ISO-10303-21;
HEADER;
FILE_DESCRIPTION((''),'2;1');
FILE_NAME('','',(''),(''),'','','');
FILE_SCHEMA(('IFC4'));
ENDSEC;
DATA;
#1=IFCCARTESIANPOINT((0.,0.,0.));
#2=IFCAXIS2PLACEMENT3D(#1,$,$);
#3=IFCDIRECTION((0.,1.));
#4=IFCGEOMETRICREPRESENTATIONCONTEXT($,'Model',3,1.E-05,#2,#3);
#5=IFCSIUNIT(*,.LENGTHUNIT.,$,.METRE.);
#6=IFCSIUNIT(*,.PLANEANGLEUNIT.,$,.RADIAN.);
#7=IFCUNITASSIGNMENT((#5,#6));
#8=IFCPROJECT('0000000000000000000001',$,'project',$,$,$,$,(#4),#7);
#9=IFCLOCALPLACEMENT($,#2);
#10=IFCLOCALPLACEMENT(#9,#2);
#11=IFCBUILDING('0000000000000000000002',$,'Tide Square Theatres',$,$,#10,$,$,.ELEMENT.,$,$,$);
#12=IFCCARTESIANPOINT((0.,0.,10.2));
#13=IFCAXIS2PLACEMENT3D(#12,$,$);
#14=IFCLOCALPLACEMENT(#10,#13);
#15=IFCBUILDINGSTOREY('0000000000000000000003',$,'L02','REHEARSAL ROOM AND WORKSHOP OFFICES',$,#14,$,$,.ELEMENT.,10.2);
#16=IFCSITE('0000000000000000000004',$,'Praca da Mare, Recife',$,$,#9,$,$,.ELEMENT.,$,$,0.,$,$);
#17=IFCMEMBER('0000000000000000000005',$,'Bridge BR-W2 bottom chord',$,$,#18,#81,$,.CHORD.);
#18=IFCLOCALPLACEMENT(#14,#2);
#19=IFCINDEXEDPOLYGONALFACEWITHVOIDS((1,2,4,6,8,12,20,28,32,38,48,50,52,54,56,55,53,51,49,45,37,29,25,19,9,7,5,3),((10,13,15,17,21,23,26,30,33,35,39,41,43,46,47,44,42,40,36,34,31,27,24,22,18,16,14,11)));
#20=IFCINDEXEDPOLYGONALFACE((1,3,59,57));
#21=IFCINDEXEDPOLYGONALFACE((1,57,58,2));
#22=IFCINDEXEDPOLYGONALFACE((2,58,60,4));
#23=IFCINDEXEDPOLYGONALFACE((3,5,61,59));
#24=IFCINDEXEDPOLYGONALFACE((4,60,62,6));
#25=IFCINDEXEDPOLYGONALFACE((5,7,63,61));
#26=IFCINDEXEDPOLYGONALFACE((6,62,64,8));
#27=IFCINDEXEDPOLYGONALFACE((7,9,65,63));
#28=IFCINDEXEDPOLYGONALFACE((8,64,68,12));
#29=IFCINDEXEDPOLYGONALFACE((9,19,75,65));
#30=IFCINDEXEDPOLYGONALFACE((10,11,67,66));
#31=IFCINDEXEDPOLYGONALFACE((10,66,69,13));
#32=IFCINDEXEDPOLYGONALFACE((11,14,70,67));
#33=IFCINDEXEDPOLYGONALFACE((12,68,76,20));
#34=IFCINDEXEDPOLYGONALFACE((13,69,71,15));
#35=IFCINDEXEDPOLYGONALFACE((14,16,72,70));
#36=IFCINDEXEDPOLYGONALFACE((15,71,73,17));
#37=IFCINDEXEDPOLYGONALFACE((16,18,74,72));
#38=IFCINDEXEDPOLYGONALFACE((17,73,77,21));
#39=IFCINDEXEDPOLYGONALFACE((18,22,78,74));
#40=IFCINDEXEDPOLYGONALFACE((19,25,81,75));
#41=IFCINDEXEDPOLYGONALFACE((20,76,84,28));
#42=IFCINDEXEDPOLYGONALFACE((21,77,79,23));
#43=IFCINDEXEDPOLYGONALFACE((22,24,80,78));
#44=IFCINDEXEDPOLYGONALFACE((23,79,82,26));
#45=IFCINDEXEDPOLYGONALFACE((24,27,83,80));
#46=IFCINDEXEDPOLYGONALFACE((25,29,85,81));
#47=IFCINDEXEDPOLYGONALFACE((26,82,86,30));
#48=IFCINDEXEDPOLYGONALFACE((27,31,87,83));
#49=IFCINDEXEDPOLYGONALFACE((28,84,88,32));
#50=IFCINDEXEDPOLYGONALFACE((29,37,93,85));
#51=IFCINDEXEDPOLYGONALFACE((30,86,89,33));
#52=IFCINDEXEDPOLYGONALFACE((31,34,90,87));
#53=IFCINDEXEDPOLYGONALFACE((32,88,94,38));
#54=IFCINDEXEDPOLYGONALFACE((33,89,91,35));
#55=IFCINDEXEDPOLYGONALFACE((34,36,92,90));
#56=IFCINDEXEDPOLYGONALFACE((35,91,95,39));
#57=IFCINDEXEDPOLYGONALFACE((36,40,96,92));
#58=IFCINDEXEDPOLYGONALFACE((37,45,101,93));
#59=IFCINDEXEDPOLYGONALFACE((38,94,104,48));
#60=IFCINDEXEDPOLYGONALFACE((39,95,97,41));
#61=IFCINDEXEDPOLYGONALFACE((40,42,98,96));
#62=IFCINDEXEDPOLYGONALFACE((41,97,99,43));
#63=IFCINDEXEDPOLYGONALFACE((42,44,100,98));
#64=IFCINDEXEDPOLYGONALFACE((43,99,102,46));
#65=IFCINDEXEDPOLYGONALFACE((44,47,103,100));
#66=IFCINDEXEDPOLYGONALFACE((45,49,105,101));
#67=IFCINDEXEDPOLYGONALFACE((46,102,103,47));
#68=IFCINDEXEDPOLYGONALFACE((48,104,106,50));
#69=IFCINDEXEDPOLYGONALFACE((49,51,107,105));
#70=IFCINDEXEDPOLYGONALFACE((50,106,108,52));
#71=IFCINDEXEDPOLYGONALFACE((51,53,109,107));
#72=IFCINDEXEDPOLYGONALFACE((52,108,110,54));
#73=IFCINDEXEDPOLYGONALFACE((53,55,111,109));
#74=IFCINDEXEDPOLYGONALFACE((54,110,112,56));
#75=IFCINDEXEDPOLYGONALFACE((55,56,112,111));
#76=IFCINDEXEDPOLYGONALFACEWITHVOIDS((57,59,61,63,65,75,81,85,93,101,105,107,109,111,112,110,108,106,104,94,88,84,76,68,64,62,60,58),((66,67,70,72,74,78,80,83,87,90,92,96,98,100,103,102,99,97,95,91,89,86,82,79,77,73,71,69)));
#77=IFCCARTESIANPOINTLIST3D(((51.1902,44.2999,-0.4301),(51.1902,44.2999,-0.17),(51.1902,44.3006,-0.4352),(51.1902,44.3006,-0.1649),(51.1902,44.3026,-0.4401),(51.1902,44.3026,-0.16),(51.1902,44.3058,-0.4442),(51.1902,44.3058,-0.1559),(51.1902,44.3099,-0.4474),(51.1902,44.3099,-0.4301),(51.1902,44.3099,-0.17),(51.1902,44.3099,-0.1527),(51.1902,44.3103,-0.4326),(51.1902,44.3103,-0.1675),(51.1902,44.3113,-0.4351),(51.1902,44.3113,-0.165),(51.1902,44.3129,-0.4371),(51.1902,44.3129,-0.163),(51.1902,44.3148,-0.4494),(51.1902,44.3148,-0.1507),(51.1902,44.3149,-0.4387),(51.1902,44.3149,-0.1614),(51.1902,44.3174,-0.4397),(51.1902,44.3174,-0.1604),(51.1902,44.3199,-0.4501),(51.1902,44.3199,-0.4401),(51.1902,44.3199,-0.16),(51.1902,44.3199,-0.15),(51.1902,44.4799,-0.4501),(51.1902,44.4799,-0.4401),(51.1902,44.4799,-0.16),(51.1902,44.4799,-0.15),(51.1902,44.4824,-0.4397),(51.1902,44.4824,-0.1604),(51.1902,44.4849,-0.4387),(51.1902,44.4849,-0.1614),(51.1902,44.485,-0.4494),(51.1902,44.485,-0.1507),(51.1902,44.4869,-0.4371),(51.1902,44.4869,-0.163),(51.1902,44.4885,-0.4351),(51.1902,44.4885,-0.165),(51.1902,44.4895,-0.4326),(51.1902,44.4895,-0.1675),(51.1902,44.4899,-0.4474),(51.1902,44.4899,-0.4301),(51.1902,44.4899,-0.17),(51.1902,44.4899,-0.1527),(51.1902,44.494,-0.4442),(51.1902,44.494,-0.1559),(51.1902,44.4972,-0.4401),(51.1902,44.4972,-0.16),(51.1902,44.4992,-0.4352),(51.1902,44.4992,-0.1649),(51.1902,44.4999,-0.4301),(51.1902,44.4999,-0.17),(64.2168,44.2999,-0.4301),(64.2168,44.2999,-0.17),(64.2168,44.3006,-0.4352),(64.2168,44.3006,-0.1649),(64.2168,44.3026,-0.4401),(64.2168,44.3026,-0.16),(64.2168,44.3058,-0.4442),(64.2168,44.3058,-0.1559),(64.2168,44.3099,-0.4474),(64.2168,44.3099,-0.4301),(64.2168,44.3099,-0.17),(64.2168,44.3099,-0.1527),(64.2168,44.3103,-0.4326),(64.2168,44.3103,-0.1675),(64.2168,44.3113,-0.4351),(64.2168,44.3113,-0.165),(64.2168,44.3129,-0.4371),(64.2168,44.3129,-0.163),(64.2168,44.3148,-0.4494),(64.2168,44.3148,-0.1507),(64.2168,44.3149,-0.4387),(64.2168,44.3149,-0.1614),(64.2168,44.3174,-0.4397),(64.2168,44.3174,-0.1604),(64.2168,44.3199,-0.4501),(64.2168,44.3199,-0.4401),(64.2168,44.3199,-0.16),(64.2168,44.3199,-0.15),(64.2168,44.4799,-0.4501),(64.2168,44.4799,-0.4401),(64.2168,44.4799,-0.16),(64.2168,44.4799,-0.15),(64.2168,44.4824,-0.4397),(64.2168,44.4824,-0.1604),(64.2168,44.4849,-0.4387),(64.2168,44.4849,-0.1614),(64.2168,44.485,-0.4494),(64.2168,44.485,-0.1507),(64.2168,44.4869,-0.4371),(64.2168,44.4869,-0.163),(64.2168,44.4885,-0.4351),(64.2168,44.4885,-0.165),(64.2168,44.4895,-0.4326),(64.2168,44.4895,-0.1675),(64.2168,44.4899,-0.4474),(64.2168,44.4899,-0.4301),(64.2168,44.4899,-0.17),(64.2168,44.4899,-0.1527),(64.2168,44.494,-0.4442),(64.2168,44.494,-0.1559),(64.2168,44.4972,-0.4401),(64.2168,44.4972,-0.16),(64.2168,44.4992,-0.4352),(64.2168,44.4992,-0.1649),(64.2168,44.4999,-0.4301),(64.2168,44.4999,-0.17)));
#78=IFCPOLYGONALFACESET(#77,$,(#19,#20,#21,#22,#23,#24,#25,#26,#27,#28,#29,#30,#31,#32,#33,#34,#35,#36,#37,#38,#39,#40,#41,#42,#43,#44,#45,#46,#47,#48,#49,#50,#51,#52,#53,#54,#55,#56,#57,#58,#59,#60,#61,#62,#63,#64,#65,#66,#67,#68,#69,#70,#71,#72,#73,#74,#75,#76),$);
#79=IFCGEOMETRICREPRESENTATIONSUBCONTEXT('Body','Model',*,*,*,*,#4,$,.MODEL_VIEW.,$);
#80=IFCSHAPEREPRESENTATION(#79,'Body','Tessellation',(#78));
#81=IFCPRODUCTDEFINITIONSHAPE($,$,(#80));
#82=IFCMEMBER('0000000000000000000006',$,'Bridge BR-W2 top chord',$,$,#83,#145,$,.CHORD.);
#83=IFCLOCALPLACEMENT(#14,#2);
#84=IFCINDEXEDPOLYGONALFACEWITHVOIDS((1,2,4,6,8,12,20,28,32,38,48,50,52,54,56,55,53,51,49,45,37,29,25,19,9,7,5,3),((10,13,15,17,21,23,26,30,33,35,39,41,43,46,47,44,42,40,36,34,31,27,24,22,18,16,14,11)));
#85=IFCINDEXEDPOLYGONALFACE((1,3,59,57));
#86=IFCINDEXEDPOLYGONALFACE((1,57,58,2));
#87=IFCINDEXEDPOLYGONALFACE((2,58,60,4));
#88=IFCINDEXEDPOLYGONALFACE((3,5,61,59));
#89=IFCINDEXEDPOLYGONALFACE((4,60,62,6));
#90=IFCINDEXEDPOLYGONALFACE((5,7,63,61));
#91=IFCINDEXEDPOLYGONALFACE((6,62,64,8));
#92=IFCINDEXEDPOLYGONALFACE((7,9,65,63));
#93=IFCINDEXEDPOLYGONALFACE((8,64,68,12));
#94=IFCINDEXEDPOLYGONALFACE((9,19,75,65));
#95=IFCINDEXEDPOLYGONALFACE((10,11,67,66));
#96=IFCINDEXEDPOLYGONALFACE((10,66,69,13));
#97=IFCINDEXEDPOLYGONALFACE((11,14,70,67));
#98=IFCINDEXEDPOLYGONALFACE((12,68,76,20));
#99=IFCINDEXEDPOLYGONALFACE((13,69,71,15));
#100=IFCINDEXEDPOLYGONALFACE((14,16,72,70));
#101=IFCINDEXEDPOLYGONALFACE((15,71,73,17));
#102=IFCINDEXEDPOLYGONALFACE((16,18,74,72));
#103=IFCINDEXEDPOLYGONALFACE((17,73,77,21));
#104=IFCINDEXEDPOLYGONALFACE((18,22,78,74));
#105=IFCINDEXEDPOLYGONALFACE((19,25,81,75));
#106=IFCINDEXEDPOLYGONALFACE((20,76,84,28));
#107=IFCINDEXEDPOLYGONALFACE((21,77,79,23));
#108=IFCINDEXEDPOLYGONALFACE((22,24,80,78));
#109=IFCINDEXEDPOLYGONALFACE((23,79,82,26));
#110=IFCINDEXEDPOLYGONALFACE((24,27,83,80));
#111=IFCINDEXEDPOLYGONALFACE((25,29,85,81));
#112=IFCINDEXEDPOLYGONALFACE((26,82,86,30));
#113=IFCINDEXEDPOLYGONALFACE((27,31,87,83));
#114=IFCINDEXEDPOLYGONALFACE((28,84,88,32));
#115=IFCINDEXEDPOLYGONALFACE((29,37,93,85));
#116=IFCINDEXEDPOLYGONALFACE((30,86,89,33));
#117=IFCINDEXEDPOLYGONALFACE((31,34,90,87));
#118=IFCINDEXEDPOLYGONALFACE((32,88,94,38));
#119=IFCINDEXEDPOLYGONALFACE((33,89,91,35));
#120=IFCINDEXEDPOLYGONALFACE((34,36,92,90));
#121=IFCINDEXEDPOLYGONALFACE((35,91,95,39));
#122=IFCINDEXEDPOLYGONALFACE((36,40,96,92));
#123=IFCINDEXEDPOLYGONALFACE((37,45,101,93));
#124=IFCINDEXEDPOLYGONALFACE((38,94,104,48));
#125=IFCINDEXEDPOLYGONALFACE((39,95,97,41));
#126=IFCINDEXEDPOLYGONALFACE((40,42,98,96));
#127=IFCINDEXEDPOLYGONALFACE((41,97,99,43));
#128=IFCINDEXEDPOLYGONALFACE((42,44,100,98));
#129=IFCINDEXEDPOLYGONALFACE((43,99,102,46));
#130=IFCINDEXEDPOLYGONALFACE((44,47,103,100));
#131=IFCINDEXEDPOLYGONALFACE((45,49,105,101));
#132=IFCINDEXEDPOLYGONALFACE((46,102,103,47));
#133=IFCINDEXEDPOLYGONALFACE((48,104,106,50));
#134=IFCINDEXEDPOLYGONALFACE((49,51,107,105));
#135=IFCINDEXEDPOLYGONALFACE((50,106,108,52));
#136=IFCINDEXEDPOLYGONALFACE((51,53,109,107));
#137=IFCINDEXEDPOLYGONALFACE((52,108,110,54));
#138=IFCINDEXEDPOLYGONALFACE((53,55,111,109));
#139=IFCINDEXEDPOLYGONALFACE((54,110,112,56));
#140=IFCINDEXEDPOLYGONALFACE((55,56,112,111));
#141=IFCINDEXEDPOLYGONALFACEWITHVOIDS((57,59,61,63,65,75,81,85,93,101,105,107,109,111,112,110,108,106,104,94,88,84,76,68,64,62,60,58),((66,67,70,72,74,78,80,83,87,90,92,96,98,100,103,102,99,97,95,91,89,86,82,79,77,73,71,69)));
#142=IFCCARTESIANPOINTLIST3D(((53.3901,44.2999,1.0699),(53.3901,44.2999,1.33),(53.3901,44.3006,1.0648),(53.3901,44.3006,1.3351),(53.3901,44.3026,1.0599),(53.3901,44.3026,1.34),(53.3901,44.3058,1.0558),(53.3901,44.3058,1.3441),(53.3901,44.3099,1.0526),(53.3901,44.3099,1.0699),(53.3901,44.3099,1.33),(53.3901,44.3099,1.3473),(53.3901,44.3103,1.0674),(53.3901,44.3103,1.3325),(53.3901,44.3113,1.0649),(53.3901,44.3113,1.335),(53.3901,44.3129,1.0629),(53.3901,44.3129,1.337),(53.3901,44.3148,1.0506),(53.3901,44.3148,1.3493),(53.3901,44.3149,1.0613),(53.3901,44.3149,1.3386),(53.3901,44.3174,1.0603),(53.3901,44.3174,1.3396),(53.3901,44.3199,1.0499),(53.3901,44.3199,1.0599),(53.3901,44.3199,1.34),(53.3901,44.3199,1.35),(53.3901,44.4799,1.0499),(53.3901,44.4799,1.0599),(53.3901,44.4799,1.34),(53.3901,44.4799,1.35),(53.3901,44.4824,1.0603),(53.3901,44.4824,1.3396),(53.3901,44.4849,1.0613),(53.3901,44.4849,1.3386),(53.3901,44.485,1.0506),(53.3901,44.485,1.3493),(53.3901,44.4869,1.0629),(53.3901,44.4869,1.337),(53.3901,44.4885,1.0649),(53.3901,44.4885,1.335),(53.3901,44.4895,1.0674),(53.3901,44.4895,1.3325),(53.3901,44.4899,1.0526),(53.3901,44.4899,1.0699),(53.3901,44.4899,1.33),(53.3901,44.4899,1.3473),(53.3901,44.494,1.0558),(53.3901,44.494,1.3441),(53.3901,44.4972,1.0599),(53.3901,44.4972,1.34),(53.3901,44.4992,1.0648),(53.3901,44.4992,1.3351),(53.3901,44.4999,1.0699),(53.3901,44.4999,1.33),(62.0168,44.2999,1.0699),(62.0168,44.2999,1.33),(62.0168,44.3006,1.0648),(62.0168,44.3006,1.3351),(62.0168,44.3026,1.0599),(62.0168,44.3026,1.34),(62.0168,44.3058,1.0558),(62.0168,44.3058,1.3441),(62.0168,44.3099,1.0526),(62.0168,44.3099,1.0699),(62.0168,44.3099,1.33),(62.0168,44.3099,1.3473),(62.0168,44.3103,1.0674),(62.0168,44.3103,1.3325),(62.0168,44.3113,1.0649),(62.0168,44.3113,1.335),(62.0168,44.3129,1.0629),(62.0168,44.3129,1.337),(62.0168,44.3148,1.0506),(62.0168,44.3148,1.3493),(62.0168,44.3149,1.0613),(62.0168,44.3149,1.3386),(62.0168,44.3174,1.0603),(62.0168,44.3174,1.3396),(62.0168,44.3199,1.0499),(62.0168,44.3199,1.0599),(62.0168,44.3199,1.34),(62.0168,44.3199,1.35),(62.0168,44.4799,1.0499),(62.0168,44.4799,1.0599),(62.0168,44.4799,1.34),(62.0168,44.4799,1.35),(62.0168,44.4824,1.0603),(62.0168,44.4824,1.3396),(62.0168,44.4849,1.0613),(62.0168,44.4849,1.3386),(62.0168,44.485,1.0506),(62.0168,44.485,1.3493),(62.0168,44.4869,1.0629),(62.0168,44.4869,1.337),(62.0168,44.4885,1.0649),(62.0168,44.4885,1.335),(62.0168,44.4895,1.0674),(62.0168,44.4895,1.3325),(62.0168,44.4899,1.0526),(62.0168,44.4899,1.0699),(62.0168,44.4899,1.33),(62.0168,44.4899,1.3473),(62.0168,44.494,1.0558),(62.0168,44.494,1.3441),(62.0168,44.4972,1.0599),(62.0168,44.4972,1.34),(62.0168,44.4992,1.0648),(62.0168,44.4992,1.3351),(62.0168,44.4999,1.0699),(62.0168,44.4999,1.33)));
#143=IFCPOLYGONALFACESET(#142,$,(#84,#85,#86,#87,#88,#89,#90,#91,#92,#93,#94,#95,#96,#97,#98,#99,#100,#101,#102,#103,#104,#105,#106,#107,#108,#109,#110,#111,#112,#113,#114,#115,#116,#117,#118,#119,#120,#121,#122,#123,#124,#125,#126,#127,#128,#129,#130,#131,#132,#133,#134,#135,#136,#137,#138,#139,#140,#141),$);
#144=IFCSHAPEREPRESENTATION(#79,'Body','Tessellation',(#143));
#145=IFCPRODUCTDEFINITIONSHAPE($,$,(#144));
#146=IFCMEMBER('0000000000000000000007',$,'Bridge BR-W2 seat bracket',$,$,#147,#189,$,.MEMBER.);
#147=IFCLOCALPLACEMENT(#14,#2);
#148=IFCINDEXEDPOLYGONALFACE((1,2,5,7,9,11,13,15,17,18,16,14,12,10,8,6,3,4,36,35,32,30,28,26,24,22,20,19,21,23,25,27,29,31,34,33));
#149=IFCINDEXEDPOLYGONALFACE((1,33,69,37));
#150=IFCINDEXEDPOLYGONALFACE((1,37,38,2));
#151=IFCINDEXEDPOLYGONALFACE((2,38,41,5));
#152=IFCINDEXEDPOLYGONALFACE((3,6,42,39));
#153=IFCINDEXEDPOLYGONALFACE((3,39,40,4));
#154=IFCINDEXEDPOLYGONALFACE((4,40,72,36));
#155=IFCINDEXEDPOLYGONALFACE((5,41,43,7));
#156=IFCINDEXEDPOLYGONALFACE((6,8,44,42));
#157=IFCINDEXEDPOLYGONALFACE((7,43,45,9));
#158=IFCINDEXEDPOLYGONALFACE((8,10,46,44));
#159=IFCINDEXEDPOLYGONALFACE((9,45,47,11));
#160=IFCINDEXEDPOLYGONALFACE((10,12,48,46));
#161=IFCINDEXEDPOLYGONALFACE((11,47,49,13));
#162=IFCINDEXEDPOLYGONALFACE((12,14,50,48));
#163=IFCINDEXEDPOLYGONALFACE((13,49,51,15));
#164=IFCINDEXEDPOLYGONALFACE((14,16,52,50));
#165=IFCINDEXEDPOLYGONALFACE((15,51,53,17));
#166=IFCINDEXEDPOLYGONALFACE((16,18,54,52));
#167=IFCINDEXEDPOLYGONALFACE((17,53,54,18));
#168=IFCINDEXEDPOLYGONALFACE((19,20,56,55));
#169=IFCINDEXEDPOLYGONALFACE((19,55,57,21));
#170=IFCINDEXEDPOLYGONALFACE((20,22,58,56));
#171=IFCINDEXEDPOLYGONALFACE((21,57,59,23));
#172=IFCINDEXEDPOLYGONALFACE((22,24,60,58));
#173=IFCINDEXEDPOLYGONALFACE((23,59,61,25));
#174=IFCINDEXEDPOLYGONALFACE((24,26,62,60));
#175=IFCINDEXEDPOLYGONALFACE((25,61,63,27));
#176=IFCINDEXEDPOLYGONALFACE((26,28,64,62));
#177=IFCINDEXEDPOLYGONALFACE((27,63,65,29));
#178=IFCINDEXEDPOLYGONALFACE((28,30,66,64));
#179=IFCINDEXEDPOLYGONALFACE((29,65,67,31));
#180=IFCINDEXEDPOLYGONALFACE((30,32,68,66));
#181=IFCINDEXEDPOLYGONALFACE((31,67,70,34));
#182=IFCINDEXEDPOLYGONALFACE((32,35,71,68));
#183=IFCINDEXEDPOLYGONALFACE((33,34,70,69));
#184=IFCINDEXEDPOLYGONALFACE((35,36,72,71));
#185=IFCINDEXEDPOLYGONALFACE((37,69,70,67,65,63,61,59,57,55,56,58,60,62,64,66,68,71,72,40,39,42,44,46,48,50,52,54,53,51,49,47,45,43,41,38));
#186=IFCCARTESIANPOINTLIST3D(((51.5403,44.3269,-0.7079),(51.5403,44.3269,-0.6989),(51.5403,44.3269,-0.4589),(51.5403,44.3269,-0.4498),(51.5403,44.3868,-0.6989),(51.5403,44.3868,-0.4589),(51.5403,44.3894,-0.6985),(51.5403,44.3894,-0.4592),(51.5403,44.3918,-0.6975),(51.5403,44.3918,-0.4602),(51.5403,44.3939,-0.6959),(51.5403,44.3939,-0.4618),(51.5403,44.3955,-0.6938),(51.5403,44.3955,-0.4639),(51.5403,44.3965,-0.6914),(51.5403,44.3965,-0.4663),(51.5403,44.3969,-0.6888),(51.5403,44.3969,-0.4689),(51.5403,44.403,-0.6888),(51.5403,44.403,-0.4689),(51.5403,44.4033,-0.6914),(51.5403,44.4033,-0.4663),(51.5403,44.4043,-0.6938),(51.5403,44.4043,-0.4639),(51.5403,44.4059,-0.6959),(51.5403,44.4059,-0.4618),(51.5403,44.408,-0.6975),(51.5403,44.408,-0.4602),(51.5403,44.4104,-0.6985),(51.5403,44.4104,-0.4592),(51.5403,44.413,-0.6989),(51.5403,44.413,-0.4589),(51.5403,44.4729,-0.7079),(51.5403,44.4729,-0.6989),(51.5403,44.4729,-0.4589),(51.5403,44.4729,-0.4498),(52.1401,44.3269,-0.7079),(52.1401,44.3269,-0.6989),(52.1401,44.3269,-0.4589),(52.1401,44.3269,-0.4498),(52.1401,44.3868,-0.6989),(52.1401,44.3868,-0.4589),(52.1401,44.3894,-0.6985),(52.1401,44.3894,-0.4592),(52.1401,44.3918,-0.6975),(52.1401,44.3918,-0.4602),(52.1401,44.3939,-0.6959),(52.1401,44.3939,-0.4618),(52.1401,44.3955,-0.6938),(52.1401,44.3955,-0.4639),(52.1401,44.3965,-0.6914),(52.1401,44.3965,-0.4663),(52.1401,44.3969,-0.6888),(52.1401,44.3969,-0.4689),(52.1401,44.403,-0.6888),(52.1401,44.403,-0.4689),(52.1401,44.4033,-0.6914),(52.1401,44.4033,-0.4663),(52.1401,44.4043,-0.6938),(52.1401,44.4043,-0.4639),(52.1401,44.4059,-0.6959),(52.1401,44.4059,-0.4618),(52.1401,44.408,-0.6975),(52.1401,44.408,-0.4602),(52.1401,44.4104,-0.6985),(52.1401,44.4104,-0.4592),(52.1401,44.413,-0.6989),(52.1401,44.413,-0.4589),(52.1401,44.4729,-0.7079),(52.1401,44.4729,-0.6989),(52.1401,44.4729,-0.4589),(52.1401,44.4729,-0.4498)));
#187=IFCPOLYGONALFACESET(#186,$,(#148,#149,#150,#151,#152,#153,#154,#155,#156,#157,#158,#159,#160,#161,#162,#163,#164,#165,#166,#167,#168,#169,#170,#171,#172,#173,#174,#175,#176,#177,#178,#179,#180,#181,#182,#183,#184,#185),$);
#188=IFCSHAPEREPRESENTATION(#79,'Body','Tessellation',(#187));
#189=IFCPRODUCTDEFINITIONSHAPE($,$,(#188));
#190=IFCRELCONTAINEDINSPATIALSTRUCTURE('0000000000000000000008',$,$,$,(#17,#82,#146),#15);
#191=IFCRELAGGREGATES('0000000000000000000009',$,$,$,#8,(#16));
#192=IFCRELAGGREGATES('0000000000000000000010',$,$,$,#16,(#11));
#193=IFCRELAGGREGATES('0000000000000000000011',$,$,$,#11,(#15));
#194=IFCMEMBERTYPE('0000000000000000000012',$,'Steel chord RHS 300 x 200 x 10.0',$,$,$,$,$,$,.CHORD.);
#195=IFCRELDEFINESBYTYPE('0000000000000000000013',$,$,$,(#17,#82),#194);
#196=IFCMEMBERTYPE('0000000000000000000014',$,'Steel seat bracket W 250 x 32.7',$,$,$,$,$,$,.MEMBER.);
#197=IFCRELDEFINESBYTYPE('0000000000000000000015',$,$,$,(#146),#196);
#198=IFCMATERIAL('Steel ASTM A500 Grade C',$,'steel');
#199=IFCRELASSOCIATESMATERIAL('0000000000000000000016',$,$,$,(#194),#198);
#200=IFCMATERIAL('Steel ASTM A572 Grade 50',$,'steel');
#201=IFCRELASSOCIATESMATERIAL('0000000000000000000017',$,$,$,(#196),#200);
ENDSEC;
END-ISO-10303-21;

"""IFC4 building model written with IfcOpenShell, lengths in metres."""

from ifc_helpers import new_model, si_unit, direction, frame, origin, origin_2d, place, context, subcontext, project, spatial, hollow_rectangle, i_section, extrude, material, material_profile, profile_set, type_object, element, save


model = new_model("IFC4")

# Units and contexts
model_context = context("Model", 3, precision=1e-05, world=origin(), true_north=direction((0.0, 1.0)))
body_context = subcontext(model_context, "Body", "Model", "MODEL_VIEW")
ifc_project = project(units=[si_unit("LENGTHUNIT", "METRE"), si_unit("PLANEANGLEUNIT", "RADIAN")], contexts=[model_context])

# Site, building, storey
site_placement = place(None, origin())
site = spatial("IfcSite", under=ifc_project, at=site_placement, Name="Praca da Mare, Recife", CompositionType="ELEMENT", RefElevation=0.0)
building_placement = place(site_placement, origin())
building = spatial("IfcBuilding", under=site, at=building_placement, Name="Tide Square Theatres", CompositionType="ELEMENT")
storey_placement = place(building_placement, frame((0.0, 0.0, 10.2)))
storey = spatial("IfcBuildingStorey", under=building, at=storey_placement, Name="L02", Description="REHEARSAL ROOM AND WORKSHOP OFFICES", CompositionType="ELEMENT", Elevation=10.2)

# Members
ifc_material_1 = material(Name="Steel ASTM A500 Grade C", Category="steel")
ifc_material_profile_1 = material_profile(ifc_material_1, hollow_rectangle(XDim=0.2, YDim=0.3, WallThickness=0.01, InnerFilletRadius=0.01, OuterFilletRadius=0.02, at=origin_2d()))
ifc_profile_set_1 = profile_set([ifc_material_profile_1], Name="Steel ASTM A500 Grade C")
member_type_1 = type_object("IfcMemberType", Name="Steel chord RHS 300 x 200 x 10.0", PredefinedType="CHORD", material=ifc_profile_set_1)
member_1_placement = place(storey_placement, frame((51.1902, 44.3999, -0.3), z_axis=(1.0, 0.0, 0.0), x_axis=(0.0, 1.0, 0.0)))
element("IfcMember", 1, at=member_1_placement, inside=storey, type_object=member_type_1, Name="Bridge BR-W2 bottom chord", PredefinedType="CHORD", context=body_context, shape_type="SweptSolid", body=[
    extrude(hollow_rectangle(XDim=0.2, YDim=0.3, WallThickness=0.01, InnerFilletRadius=0.01, OuterFilletRadius=0.02, at=origin_2d()), origin(), (0.0, 0.0, 1.0), 13.0266),
])
member_2_placement = place(storey_placement, frame((53.3901, 44.3999, 1.2), z_axis=(1.0, 0.0, 0.0), x_axis=(0.0, 1.0, 0.0)))
element("IfcMember", 2, at=member_2_placement, inside=storey, type_object=member_type_1, Name="Bridge BR-W2 top chord", PredefinedType="CHORD", context=body_context, shape_type="SweptSolid", body=[
    extrude(hollow_rectangle(XDim=0.2, YDim=0.3, WallThickness=0.01, InnerFilletRadius=0.01, OuterFilletRadius=0.02, at=origin_2d()), origin(), (0.0, 0.0, 1.0), 8.6267),
])
ifc_material_2 = material(Name="Steel ASTM A572 Grade 50", Category="steel")
ifc_material_profile_2 = material_profile(ifc_material_2, i_section(OverallWidth=0.146, OverallDepth=0.2581, WebThickness=0.0061, FlangeThickness=0.009, FilletRadius=0.01, at=origin_2d()))
ifc_profile_set_2 = profile_set([ifc_material_profile_2], Name="Steel ASTM A572 Grade 50")
member_type_2 = type_object("IfcMemberType", Name="Steel seat bracket W 250 x 32.7", PredefinedType="MEMBER", material=ifc_profile_set_2)
member_3_placement = place(storey_placement, frame((51.5403, 44.3999, -0.5789), z_axis=(1.0, 0.0, 0.0), x_axis=(0.0, 1.0, 0.0)))
element("IfcMember", 3, at=member_3_placement, inside=storey, type_object=member_type_2, Name="Bridge BR-W2 seat bracket", PredefinedType="MEMBER", context=body_context, shape_type="SweptSolid", body=[
    extrude(i_section(OverallWidth=0.146, OverallDepth=0.2581, WebThickness=0.0061, FlangeThickness=0.009, FilletRadius=0.01, at=origin_2d()), origin(), (0.0, 0.0, 1.0), 0.5999),
])

save(model, "model.ifc")
